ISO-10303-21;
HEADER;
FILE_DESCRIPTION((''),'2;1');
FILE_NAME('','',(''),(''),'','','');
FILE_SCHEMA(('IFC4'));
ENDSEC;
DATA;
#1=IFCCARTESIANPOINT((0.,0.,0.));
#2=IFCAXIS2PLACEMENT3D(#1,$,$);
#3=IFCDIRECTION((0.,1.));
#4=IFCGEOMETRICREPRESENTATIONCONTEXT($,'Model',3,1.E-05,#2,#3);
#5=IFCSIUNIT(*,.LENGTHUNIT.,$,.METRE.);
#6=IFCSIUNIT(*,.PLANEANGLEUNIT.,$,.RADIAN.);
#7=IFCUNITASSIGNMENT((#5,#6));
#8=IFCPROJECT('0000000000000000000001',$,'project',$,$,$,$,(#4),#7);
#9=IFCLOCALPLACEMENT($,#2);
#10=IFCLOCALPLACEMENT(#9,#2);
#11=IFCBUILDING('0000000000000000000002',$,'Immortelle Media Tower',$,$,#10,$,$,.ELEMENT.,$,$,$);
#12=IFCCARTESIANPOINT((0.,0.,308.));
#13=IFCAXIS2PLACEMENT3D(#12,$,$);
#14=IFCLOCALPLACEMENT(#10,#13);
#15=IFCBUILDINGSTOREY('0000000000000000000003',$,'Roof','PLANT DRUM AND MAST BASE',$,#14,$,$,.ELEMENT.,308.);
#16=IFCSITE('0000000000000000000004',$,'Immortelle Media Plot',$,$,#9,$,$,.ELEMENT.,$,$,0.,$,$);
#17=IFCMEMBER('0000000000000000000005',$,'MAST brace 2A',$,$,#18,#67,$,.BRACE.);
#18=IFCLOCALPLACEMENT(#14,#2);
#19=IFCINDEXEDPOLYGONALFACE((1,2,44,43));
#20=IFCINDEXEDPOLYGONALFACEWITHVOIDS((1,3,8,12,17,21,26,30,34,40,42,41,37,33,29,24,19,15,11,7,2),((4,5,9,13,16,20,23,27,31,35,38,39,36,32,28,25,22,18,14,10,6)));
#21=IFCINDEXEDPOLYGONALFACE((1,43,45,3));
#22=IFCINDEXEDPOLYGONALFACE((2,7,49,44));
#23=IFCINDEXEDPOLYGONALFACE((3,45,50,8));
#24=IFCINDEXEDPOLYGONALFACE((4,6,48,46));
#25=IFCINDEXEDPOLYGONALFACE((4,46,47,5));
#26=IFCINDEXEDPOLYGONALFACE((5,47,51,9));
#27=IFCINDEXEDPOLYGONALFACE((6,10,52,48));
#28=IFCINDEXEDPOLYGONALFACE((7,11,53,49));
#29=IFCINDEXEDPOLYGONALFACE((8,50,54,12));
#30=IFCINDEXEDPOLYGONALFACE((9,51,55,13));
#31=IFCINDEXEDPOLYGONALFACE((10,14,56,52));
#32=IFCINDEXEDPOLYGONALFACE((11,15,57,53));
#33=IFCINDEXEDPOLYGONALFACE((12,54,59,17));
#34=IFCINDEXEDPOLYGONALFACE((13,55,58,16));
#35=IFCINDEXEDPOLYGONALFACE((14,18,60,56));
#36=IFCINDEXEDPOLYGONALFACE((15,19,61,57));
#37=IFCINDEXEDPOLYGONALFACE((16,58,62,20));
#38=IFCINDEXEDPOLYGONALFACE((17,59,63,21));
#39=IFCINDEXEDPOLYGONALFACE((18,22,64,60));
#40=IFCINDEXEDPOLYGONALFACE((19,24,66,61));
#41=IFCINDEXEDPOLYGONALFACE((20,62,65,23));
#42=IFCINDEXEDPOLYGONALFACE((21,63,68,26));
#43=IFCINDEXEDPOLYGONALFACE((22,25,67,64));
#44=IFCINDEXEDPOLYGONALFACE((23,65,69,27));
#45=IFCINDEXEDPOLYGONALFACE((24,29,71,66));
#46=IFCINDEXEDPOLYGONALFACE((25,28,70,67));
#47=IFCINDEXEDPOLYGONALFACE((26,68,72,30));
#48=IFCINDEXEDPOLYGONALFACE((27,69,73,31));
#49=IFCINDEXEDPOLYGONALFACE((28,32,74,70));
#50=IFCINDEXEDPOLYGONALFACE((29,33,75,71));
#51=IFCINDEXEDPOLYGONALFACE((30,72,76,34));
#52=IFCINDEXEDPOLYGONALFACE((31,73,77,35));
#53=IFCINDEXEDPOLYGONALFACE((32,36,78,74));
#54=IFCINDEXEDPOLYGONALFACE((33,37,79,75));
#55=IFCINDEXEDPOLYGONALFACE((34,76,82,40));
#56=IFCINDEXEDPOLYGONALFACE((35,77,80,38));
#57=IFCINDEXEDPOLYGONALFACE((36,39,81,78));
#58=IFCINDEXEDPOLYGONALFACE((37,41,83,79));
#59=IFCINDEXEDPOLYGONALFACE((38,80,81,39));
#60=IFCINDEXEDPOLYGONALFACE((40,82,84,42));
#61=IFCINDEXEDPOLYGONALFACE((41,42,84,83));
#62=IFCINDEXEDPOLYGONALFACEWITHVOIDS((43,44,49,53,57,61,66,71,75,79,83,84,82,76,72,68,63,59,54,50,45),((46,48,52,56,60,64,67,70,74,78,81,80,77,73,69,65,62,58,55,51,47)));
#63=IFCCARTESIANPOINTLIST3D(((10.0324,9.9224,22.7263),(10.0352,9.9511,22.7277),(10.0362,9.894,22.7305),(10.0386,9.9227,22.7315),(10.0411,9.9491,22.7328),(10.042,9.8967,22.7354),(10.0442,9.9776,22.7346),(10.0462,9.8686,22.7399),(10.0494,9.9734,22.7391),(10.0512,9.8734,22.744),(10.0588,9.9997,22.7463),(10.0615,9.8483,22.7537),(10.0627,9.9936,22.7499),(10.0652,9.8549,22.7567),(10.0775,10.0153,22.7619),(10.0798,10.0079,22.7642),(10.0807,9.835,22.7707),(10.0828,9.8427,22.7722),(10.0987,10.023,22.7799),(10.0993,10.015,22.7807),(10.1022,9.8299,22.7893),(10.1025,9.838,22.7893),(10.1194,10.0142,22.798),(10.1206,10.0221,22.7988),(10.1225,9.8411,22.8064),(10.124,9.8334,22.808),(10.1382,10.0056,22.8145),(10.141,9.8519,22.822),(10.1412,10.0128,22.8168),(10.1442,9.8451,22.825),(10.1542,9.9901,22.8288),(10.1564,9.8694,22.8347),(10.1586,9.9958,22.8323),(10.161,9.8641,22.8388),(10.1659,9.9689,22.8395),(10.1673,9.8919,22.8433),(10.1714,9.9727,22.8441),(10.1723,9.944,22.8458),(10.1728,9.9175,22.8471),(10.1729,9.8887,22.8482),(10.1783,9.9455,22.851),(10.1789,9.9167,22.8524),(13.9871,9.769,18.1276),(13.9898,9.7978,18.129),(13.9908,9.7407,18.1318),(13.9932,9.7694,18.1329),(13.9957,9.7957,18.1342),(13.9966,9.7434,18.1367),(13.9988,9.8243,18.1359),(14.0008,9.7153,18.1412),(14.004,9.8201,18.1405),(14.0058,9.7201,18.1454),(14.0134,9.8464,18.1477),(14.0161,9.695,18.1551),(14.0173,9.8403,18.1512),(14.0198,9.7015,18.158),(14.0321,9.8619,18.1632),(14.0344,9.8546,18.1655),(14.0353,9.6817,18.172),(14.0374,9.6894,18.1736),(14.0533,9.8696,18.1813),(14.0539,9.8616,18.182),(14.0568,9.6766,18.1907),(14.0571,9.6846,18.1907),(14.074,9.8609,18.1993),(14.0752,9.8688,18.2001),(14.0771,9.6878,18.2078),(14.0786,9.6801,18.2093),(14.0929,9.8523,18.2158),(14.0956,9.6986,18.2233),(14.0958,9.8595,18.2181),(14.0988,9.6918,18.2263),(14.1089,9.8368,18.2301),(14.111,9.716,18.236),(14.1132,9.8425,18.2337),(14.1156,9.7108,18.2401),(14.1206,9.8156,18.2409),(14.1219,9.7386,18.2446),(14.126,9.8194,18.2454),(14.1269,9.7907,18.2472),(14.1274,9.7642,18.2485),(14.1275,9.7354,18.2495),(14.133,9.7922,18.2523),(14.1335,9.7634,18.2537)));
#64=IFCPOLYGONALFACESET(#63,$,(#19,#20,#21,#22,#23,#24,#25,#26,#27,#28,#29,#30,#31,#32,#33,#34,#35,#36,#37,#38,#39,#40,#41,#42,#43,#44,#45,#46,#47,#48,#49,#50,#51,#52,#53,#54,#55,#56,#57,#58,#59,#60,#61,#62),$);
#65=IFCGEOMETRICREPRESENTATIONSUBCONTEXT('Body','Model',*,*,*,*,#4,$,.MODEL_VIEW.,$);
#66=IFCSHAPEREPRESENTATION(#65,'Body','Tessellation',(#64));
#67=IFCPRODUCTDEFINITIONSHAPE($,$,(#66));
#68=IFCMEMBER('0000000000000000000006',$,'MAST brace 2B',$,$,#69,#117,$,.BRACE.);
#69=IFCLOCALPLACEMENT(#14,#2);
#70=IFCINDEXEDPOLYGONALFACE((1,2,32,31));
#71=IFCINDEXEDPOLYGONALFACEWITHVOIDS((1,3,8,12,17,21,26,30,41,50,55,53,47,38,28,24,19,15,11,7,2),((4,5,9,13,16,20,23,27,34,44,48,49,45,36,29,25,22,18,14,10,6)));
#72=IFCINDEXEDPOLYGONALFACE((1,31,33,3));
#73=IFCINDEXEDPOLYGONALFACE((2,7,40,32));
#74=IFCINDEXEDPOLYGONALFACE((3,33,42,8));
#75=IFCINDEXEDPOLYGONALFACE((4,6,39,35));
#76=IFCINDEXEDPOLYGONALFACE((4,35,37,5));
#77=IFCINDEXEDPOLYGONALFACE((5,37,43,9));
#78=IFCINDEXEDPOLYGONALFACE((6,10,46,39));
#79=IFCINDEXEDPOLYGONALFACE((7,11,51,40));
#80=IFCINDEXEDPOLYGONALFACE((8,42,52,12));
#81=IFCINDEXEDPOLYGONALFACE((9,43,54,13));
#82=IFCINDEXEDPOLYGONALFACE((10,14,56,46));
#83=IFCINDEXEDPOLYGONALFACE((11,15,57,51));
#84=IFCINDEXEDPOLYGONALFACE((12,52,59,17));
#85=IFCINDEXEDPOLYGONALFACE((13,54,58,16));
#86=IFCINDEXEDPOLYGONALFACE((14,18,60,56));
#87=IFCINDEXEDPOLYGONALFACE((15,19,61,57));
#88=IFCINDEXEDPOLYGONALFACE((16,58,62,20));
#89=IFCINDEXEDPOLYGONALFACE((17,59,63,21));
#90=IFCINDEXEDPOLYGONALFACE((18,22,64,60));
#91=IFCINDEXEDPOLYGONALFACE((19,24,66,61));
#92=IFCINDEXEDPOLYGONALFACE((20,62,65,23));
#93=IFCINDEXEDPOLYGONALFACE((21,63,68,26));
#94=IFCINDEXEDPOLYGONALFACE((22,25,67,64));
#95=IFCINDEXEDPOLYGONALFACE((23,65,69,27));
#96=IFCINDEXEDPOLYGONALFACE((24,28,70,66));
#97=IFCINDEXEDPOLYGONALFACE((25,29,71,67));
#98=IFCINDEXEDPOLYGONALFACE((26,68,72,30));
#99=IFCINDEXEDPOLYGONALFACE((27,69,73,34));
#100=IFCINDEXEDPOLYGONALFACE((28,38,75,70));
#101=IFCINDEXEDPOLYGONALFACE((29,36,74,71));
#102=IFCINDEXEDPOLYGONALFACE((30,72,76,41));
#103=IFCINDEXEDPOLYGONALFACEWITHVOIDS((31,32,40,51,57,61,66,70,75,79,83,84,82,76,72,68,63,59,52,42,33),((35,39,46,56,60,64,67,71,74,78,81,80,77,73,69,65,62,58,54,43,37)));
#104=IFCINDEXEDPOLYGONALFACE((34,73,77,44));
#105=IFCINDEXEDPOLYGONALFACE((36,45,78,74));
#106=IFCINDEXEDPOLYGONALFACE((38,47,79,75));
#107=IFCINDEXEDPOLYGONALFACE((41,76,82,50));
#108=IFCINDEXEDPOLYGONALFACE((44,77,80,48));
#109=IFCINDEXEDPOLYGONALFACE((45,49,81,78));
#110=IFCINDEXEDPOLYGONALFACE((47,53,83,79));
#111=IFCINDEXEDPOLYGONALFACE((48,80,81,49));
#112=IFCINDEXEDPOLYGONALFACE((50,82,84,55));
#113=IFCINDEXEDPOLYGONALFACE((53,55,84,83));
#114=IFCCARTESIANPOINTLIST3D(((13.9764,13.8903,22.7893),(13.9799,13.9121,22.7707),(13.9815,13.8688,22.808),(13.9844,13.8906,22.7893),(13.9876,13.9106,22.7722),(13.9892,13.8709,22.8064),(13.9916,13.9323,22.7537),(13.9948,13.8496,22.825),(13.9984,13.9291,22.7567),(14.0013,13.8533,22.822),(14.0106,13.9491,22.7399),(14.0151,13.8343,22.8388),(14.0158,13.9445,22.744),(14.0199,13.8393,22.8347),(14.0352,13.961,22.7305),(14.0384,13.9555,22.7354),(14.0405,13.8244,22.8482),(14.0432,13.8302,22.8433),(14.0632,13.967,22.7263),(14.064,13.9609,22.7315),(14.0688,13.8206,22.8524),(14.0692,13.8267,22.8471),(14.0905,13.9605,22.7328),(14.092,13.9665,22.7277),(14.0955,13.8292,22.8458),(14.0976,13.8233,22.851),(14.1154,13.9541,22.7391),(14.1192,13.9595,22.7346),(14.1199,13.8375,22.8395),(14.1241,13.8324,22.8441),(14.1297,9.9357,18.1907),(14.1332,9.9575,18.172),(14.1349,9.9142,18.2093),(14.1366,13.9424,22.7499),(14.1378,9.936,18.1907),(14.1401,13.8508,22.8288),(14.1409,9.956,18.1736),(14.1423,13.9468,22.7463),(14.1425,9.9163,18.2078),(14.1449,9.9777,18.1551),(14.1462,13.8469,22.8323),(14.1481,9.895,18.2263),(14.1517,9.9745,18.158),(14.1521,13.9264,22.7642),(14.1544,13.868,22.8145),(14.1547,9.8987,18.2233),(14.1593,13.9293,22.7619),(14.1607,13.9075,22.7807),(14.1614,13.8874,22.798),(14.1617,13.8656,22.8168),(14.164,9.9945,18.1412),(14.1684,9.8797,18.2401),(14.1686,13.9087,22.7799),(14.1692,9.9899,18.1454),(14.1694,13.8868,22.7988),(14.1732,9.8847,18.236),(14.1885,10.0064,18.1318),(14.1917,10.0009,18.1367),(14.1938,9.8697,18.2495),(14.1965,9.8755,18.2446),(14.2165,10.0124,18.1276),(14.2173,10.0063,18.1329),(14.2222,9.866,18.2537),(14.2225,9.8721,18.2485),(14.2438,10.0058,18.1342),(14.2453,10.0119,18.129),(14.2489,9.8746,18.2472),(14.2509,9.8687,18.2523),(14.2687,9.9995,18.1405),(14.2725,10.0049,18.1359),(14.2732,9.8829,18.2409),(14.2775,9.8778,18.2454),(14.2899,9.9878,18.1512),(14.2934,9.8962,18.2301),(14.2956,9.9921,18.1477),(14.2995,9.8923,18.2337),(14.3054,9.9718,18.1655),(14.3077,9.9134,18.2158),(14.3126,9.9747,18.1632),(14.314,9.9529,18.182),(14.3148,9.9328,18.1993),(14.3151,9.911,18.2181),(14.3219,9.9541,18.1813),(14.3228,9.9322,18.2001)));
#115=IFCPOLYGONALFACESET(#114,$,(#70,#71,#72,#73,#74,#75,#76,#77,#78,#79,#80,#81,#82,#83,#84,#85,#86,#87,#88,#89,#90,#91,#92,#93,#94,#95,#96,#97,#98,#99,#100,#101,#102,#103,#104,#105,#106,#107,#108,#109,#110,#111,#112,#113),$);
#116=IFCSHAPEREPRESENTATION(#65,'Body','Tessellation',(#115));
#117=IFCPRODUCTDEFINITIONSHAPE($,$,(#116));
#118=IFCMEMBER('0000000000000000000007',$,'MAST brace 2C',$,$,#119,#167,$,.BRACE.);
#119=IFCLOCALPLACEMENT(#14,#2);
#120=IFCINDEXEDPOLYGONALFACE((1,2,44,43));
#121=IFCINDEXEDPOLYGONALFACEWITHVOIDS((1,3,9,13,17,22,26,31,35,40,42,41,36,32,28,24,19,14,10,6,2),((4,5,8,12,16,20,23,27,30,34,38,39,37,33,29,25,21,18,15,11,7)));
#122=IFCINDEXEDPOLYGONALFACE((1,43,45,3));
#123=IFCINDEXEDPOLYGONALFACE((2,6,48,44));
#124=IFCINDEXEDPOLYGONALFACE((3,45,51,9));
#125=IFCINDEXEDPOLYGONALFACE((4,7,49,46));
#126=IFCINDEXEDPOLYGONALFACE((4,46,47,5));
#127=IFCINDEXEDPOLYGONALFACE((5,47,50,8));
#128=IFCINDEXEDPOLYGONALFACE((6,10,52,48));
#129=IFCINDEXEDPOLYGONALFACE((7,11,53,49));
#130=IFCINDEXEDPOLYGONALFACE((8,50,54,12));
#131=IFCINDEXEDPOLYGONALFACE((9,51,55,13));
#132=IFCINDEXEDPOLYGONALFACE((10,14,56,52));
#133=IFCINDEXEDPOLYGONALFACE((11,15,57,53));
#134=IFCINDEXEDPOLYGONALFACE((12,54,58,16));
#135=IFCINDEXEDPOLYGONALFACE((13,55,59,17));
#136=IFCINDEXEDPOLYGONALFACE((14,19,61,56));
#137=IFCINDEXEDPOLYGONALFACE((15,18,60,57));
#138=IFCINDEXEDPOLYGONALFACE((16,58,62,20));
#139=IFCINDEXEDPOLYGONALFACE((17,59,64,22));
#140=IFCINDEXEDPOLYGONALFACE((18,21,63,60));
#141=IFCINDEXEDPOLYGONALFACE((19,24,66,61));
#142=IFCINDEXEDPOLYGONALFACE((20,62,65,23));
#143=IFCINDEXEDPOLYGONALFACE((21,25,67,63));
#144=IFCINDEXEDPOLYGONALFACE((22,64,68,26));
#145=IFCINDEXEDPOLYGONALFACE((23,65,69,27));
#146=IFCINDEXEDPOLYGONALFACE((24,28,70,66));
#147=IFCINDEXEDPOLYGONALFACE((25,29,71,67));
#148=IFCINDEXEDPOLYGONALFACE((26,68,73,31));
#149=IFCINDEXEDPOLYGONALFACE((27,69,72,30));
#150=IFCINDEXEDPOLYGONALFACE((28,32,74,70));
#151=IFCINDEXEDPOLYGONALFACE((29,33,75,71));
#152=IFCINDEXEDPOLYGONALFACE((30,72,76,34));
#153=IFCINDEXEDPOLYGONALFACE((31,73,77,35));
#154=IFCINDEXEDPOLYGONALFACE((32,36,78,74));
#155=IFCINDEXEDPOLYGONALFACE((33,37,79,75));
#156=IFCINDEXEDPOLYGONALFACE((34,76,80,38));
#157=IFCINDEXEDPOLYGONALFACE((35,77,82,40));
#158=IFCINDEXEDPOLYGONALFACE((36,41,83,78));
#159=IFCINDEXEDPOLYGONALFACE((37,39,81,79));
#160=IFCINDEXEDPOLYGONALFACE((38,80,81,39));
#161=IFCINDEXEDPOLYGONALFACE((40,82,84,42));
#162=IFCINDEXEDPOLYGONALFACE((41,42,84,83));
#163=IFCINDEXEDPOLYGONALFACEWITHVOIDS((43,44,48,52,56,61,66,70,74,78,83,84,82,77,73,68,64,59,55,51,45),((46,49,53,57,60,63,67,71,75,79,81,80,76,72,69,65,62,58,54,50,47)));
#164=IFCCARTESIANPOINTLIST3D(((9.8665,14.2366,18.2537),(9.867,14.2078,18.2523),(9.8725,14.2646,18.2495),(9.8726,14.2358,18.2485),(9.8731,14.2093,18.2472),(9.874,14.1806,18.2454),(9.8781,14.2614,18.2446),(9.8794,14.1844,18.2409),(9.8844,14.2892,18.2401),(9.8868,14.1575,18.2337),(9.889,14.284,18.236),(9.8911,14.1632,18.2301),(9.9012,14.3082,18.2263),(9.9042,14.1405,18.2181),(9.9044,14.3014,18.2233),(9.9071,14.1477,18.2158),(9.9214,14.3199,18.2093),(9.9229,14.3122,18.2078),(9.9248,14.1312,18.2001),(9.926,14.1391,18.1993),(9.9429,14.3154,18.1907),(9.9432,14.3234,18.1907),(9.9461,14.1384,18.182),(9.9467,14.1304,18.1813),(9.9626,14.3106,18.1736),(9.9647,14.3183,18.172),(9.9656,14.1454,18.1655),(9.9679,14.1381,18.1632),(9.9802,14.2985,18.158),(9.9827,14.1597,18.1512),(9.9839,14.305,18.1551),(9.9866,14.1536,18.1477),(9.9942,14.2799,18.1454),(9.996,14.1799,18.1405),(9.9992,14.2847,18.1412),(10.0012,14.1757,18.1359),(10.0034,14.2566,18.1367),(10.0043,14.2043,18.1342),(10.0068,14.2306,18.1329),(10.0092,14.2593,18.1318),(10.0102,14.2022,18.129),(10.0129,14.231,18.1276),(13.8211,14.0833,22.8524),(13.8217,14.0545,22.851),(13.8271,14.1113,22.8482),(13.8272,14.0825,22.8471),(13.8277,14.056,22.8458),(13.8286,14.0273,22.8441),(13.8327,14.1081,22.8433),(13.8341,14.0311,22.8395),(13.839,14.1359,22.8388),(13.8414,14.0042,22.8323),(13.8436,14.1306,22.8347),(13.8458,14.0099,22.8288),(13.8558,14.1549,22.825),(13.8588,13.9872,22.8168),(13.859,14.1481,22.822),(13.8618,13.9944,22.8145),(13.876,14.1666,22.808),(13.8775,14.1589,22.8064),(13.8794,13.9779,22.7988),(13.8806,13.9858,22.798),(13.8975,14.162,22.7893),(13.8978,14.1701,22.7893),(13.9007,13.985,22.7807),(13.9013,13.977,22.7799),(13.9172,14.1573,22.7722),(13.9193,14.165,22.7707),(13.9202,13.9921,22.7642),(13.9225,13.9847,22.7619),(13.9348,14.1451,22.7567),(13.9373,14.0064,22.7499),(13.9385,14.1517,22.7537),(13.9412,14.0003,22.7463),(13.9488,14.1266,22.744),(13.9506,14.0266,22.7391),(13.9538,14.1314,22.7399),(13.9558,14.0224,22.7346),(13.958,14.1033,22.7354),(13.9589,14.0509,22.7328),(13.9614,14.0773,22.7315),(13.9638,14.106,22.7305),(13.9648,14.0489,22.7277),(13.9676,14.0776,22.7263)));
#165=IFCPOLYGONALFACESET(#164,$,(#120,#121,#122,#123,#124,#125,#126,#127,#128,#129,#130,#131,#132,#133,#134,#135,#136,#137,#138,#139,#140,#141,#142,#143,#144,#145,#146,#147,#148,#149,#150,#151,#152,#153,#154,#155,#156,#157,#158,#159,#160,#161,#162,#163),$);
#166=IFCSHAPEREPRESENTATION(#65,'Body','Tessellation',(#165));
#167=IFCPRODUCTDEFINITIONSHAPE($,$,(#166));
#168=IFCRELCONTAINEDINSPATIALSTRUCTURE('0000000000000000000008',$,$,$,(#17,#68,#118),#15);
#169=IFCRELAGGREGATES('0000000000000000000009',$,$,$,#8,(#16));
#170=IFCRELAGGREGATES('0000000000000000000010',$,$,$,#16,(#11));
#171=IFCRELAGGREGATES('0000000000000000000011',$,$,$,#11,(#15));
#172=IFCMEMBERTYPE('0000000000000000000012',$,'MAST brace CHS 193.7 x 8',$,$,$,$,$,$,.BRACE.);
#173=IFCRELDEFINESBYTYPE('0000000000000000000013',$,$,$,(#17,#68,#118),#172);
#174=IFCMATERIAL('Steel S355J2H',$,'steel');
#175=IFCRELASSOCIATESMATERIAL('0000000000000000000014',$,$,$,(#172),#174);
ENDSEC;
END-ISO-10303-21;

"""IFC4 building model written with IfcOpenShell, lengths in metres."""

from ifc_helpers import new_model, si_unit, direction, frame, origin, origin_2d, place, context, subcontext, project, spatial, hollow_circle, extrude, material, material_profile, profile_set, type_object, element, save


model = new_model("IFC4")

# Units and contexts
model_context = context("Model", 3, precision=1e-05, world=origin(), true_north=direction((0.0, 1.0)))
body_context = subcontext(model_context, "Body", "Model", "MODEL_VIEW")
ifc_project = project(units=[si_unit("LENGTHUNIT", "METRE"), si_unit("PLANEANGLEUNIT", "RADIAN")], contexts=[model_context])

# Site, building, storey
site_placement = place(None, origin())
site = spatial("IfcSite", under=ifc_project, at=site_placement, Name="Immortelle Media Plot", CompositionType="ELEMENT", RefElevation=0.0)
building_placement = place(site_placement, origin())
building = spatial("IfcBuilding", under=site, at=building_placement, Name="Immortelle Media Tower", CompositionType="ELEMENT")
storey_placement = place(building_placement, frame((0.0, 0.0, 308.0)))
storey = spatial("IfcBuildingStorey", under=building, at=storey_placement, Name="Roof", Description="PLANT DRUM AND MAST BASE", CompositionType="ELEMENT", Elevation=308.0)

# Members
ifc_material_1 = material(Name="Steel S355J2H", Category="steel")
ifc_material_profile_1 = material_profile(ifc_material_1, hollow_circle(Radius=0.0969, WallThickness=0.0081, at=origin_2d()), Name="CHS 193.7 x 8")
ifc_profile_set_1 = profile_set([ifc_material_profile_1], Name="Steel S355J2H")
member_type = type_object("IfcMemberType", Name="MAST brace CHS 193.7 x 8", PredefinedType="BRACE", material=ifc_profile_set_1)
for number, where, z_axis, x_axis, name in (
    (1, (14.0605, 9.7734, 18.1907), (-0.651809, 0.025271, 0.757962), (-0.038741, -0.999249, 0.0), "MAST brace 2A"),
    (2, (14.2266, 9.9395, 18.1907), (-0.025271, 0.651809, 0.757962), (-0.999249, -0.038741, 0.0), "MAST brace 2B"),
    (3, (9.9395, 14.2266, 18.1907), (0.651809, -0.025271, 0.757962), (0.038741, 0.999249, 0.0), "MAST brace 2C"),
):
    element("IfcMember", number, at=place(storey_placement, frame(where, z_axis=z_axis, x_axis=x_axis)), inside=storey, type_object=member_type, Name=name, PredefinedType="BRACE", context=body_context, shape_type="SweptSolid", body=[
        extrude(hollow_circle(Radius=0.0969, WallThickness=0.0081, at=origin_2d()), origin(), (0.0, 0.0, 1.0), 6.0671),
    ])

save(model, "model.ifc")
